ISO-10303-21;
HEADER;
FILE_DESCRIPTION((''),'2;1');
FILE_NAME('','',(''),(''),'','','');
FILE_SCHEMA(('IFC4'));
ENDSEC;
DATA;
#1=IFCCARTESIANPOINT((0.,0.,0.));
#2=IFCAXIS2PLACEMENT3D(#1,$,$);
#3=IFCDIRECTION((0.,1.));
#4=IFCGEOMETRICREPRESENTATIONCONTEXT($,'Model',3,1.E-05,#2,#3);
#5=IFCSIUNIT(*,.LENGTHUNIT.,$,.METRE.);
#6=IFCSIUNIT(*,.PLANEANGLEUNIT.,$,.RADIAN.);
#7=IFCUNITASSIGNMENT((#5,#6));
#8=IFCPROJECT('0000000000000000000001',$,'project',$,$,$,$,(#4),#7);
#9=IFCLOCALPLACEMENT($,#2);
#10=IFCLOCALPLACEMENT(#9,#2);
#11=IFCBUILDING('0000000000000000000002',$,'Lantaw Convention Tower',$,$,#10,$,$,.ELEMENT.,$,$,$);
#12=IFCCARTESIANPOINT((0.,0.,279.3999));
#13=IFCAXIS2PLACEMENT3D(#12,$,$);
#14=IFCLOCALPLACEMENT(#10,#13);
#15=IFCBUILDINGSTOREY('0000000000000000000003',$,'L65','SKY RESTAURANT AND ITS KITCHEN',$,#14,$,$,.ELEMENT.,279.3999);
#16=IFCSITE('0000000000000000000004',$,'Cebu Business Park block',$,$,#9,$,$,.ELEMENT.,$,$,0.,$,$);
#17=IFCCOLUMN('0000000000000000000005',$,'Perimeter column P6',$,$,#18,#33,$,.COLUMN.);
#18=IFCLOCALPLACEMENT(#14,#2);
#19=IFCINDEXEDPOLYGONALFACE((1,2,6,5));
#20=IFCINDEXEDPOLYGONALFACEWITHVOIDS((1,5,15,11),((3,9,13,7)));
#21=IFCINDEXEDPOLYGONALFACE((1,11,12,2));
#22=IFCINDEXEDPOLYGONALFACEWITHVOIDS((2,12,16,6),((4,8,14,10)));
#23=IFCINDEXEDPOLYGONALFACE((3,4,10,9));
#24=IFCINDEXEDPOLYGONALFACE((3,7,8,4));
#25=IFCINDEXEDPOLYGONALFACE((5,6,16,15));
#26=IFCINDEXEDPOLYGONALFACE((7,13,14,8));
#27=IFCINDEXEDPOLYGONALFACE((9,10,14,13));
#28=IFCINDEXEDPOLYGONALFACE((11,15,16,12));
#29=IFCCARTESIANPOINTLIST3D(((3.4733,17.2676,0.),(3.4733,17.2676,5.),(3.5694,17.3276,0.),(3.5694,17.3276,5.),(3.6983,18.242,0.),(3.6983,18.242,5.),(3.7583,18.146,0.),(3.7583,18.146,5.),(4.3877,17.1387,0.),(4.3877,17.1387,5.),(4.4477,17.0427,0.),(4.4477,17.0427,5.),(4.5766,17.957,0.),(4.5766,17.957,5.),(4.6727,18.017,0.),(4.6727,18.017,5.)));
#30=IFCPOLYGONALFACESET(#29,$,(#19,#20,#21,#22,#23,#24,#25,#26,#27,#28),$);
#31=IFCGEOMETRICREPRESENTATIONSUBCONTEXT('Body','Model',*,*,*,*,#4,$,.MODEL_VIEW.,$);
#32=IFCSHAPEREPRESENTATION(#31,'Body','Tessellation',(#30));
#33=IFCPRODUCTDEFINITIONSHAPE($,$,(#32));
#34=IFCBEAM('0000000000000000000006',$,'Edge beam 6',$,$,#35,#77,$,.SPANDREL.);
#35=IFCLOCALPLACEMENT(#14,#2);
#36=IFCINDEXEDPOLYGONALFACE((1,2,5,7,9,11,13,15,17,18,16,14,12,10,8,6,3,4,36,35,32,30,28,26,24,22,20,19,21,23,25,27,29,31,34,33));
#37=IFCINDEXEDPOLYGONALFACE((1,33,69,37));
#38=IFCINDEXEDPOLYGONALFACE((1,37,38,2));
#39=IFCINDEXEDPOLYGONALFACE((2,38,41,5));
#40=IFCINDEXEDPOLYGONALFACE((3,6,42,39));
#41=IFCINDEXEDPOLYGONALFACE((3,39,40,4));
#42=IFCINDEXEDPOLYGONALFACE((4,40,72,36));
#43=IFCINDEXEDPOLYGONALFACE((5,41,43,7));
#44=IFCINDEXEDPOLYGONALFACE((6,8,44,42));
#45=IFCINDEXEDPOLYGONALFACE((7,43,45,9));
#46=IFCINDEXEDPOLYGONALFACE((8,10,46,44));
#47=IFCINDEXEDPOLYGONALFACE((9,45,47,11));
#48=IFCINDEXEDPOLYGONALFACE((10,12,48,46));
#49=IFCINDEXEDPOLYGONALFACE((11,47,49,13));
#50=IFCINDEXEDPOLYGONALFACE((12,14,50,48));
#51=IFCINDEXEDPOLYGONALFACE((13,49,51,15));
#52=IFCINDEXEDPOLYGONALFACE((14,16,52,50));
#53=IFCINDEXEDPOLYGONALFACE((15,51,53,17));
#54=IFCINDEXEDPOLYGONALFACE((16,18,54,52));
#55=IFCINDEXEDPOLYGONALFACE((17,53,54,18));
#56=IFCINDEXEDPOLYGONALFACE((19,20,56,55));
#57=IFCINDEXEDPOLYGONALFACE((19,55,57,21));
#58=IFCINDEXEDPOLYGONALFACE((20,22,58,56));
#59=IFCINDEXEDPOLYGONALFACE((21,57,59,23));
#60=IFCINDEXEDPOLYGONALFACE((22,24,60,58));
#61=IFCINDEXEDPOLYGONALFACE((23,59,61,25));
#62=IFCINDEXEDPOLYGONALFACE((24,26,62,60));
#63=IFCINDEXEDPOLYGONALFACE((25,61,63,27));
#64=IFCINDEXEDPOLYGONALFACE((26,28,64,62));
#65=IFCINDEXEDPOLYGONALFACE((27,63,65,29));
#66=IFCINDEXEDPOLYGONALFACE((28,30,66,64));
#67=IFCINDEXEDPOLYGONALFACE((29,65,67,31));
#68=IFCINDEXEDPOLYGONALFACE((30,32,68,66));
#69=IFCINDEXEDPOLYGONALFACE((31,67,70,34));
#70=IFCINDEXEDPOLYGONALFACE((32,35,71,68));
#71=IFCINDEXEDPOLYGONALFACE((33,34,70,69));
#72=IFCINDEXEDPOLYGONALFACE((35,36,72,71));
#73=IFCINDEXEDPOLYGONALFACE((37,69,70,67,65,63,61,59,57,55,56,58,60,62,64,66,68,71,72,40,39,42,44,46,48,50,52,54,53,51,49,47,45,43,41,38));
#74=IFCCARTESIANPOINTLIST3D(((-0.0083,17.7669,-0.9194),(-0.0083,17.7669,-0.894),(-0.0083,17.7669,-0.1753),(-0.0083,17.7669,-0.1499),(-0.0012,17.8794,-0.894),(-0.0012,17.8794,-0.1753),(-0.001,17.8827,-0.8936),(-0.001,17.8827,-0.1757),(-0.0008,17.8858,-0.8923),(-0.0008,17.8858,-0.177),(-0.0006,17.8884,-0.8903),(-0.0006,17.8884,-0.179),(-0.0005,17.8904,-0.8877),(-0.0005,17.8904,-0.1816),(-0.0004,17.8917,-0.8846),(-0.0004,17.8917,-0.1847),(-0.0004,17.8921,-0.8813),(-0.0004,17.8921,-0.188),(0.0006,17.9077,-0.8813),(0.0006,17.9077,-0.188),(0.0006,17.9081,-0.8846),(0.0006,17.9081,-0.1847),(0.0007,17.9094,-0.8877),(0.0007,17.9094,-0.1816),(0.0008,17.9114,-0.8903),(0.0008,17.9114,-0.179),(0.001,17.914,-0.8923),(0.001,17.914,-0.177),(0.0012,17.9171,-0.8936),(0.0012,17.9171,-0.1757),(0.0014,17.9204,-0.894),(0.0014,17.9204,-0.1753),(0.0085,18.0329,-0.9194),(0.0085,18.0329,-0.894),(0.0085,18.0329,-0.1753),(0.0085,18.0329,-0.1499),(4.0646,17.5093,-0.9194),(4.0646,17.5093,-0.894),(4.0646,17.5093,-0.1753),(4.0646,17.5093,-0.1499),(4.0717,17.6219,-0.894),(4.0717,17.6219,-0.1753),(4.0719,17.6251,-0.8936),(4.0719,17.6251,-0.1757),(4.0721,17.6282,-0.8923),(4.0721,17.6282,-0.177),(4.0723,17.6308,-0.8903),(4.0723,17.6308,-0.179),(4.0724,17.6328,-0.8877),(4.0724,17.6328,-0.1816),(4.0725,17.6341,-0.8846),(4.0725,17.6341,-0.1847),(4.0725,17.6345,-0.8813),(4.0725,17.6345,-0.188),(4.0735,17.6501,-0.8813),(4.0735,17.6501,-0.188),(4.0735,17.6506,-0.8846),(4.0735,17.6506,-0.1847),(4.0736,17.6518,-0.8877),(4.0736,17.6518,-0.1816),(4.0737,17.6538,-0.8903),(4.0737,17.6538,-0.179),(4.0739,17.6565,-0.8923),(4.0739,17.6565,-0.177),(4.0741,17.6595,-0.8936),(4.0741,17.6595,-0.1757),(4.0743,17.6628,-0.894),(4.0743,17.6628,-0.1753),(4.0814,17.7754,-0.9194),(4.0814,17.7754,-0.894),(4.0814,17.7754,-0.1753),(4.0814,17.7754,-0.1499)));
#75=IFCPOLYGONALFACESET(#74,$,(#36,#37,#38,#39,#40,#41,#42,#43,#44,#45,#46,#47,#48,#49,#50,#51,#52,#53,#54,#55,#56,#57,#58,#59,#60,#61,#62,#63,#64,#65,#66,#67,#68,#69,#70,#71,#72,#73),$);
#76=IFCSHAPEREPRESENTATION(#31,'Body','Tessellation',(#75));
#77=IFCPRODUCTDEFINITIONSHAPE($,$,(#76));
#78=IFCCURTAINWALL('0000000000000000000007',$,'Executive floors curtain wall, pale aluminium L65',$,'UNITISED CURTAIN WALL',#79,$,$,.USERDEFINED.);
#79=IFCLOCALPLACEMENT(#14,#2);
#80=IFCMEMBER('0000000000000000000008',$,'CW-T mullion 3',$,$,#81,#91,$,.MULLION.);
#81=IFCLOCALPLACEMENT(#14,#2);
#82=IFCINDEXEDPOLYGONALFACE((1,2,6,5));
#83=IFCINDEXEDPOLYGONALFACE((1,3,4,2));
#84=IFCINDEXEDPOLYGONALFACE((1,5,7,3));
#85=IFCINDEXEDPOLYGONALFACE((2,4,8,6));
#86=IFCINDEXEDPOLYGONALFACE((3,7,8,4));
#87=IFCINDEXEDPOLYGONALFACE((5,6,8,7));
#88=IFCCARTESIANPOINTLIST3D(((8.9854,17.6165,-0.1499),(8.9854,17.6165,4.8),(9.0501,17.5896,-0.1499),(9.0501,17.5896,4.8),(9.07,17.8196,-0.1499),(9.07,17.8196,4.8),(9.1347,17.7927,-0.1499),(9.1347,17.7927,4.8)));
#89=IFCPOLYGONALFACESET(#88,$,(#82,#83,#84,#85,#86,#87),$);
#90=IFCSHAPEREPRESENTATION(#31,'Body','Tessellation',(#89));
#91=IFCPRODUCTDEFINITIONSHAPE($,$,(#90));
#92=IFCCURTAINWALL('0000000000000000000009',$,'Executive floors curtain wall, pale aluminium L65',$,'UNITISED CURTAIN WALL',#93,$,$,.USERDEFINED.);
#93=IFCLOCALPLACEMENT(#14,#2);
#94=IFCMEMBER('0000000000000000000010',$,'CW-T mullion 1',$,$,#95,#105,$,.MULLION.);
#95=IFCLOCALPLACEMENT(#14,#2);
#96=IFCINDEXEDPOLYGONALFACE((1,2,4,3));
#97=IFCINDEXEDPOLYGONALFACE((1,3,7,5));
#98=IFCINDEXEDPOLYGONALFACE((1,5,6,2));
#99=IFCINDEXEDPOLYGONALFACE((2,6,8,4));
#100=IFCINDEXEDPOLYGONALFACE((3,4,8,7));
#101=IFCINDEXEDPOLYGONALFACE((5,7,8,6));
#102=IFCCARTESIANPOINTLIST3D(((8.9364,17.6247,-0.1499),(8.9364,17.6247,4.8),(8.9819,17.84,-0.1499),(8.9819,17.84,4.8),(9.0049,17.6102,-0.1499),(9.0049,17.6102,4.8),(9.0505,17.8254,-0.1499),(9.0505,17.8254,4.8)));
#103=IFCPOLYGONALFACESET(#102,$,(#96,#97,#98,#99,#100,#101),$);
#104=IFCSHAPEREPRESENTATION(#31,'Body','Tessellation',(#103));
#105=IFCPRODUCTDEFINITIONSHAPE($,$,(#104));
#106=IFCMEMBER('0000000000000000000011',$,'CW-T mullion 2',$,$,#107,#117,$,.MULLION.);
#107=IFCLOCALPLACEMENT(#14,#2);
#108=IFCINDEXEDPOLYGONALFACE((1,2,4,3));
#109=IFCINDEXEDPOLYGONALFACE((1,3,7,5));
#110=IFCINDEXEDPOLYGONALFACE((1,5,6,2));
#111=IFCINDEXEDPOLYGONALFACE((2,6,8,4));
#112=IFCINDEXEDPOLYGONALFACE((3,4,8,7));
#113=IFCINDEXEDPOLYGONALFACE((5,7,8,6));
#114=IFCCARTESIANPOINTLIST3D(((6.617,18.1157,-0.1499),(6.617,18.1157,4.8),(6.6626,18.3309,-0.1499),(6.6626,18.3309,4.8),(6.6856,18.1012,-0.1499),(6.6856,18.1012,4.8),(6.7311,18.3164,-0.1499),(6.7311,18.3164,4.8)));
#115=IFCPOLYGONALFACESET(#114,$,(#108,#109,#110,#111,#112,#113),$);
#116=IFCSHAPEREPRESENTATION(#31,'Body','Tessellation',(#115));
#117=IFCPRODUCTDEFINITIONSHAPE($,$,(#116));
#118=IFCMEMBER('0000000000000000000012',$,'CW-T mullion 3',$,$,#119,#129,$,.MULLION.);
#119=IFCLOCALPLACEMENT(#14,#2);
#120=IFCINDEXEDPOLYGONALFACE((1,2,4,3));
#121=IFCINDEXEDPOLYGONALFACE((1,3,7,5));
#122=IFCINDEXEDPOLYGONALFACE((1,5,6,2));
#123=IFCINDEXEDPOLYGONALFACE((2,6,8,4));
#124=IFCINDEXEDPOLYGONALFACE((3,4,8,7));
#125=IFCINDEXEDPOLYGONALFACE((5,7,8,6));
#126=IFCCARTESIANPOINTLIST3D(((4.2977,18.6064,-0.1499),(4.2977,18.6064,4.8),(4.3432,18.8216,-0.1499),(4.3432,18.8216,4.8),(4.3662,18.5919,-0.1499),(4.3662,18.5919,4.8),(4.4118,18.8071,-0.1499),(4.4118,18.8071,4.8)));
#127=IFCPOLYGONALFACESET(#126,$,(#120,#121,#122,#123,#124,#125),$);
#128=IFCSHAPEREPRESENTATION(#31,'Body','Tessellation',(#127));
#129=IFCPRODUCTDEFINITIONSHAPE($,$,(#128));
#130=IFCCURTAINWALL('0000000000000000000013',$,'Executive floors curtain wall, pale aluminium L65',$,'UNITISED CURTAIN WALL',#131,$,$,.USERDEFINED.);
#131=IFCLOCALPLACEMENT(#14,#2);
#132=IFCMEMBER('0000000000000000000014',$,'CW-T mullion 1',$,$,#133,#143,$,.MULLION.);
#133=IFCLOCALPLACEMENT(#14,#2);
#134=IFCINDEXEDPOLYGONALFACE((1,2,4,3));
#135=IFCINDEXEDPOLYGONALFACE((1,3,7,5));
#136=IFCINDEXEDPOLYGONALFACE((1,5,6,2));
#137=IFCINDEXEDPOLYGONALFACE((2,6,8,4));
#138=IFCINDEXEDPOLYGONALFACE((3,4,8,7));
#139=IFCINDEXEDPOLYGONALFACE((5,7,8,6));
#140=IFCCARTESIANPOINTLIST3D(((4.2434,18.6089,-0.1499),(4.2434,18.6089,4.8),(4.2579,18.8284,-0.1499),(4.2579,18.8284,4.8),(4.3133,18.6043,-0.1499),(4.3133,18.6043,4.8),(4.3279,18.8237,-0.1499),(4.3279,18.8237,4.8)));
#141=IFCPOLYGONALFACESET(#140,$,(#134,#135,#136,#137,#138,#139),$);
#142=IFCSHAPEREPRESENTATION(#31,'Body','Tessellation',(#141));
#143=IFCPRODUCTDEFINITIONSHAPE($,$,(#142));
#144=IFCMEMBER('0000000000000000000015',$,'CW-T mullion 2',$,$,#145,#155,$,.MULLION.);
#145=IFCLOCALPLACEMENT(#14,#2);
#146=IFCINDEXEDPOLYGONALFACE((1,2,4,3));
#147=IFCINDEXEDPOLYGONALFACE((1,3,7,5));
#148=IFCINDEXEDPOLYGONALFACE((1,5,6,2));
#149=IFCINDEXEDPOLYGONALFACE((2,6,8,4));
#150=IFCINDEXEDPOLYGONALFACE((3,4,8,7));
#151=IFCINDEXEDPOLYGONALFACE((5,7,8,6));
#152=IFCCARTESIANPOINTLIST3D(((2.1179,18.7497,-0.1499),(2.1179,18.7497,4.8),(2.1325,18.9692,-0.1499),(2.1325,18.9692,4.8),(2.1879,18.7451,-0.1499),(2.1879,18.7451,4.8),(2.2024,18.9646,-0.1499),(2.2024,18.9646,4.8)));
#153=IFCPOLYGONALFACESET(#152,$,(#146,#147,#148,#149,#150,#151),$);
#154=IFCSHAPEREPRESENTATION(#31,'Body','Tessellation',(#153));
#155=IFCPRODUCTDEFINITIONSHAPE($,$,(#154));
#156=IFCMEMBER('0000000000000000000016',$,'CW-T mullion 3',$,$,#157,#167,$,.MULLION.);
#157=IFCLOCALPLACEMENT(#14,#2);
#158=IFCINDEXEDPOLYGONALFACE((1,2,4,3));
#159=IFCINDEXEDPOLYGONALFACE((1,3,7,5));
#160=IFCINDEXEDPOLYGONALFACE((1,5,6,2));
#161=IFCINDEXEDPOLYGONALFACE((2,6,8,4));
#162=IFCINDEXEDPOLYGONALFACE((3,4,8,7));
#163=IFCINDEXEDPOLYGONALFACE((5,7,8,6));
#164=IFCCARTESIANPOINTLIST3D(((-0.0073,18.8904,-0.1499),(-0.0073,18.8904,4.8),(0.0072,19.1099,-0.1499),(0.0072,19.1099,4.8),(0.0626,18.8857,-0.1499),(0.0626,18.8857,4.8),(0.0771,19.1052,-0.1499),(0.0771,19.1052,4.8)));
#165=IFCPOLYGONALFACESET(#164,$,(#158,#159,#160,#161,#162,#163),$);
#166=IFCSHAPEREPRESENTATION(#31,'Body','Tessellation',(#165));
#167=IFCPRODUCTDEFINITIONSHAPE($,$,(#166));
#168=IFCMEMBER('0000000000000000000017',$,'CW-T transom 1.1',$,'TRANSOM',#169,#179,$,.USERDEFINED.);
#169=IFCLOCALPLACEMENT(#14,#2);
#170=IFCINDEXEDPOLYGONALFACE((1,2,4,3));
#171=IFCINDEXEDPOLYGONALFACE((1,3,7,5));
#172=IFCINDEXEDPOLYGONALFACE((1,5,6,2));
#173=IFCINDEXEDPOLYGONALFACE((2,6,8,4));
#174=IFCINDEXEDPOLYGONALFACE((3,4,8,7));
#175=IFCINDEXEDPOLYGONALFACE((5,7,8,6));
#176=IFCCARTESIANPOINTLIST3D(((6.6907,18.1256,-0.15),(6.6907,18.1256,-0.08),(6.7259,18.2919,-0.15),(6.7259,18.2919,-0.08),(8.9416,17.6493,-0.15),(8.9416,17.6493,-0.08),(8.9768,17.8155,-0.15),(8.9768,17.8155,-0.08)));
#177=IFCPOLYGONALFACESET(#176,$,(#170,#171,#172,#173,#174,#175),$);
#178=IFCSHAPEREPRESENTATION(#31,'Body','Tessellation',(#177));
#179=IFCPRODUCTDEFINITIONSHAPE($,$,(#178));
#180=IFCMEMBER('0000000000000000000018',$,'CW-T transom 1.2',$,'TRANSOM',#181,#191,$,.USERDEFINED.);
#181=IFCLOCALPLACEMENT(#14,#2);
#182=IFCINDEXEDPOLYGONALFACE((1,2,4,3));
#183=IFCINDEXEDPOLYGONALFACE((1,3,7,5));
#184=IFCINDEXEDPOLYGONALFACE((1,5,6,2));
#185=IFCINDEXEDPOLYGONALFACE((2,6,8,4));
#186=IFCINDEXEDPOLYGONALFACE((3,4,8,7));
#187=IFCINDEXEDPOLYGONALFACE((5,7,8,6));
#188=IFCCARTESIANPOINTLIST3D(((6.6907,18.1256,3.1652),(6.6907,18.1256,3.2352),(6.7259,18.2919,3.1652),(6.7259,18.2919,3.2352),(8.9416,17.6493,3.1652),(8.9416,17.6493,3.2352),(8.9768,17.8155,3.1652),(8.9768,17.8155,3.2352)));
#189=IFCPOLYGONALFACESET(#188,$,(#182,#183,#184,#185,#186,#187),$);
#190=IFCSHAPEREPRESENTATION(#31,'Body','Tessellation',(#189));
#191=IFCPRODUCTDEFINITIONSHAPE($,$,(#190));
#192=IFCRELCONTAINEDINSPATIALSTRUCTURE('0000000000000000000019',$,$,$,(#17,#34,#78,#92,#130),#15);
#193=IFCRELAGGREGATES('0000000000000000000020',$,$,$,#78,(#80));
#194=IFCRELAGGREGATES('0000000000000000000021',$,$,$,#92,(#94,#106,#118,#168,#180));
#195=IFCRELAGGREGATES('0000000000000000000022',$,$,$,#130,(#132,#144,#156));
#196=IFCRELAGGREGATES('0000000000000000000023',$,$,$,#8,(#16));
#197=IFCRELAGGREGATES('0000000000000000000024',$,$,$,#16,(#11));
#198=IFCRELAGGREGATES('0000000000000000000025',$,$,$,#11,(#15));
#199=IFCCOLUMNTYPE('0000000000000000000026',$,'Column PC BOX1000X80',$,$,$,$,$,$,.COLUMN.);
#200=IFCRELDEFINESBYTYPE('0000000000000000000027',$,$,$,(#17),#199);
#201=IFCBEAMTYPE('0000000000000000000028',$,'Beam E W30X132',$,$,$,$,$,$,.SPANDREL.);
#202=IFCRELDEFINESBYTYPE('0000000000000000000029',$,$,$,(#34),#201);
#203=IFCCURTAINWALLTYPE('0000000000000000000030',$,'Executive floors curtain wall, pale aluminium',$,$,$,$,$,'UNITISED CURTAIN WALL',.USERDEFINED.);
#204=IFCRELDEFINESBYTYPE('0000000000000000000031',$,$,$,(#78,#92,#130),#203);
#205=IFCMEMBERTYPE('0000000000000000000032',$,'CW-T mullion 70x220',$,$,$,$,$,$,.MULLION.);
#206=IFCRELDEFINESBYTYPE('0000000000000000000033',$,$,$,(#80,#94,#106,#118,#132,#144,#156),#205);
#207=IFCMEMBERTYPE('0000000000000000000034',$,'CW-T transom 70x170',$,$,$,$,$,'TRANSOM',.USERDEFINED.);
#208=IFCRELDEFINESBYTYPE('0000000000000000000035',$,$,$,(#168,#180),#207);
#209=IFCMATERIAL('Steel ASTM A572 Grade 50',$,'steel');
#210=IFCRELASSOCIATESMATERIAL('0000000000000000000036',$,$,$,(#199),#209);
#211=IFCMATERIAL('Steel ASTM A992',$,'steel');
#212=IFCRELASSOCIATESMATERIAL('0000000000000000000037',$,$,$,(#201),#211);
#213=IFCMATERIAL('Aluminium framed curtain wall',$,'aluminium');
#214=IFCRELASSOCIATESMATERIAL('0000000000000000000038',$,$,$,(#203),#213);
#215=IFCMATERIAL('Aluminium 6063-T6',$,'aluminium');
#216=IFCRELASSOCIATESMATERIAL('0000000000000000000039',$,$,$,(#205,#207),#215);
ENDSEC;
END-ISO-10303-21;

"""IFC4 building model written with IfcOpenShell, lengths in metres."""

from ifc_helpers import new_model, si_unit, direction, frame, origin, origin_2d, place, context, subcontext, project, spatial, rectangle, hollow_rectangle, i_section, extrude, material, material_profile, profile_set, type_object, element, aggregate, save


model = new_model("IFC4")

# Units and contexts
model_context = context("Model", 3, precision=1e-05, world=origin(), true_north=direction((0.0, 1.0)))
body_context = subcontext(model_context, "Body", "Model", "MODEL_VIEW")
ifc_project = project(units=[si_unit("LENGTHUNIT", "METRE"), si_unit("PLANEANGLEUNIT", "RADIAN")], contexts=[model_context])

# Site, building, storey
site_placement = place(None, origin())
site = spatial("IfcSite", under=ifc_project, at=site_placement, Name="Cebu Business Park block", CompositionType="ELEMENT", RefElevation=0.0)
building_placement = place(site_placement, origin())
building = spatial("IfcBuilding", under=site, at=building_placement, Name="Lantaw Convention Tower", CompositionType="ELEMENT")
storey_placement = place(building_placement, frame((0.0, 0.0, 279.3999)))
storey = spatial("IfcBuildingStorey", under=building, at=storey_placement, Name="L65", Description="SKY RESTAURANT AND ITS KITCHEN", CompositionType="ELEMENT", Elevation=279.3999)

# Column
ifc_material_1 = material(Name="Steel ASTM A572 Grade 50", Category="steel")
ifc_material_profile_1 = material_profile(ifc_material_1, hollow_rectangle(XDim=1.0, YDim=1.0, WallThickness=0.0801, at=origin_2d()), Name="BOX1000X80")
ifc_material_2 = material(Name="Concrete C60/75", Category="concrete")
ifc_material_profile_2 = material_profile(ifc_material_2, rectangle(XDim=0.8401, YDim=0.8401, at=origin_2d()), Name="Concrete fill of BOX1000X80")
ifc_profile_set_1 = profile_set([ifc_material_profile_1, ifc_material_profile_2], Name="Steel ASTM A572 Grade 50")
column_type = type_object("IfcColumnType", Name="Column PC BOX1000X80", PredefinedType="COLUMN", material=ifc_profile_set_1)
column_placement = place(storey_placement, frame((4.073, 17.6423, 0.0), z_axis=(0.0, 0.0, 1.0), x_axis=(0.224951, 0.97437, 0.0)))
element("IfcColumn", 1, at=column_placement, inside=storey, type_object=column_type, Name="Perimeter column P6", PredefinedType="COLUMN", context=body_context, shape_type="SweptSolid", body=[
    extrude(hollow_rectangle(XDim=1.0, YDim=1.0, WallThickness=0.0801, at=origin_2d()), origin(), (0.0, 0.0, 1.0), 5.0),
])

# Beam
ifc_material_3 = material(Name="Steel ASTM A992", Category="steel")
ifc_material_profile_3 = material_profile(ifc_material_3, i_section(OverallWidth=0.2666, OverallDepth=0.7695, WebThickness=0.0156, FlangeThickness=0.0254, FilletRadius=0.0127, at=origin_2d()), Name="W30X132")
ifc_profile_set_2 = profile_set([ifc_material_profile_3], Name="Steel ASTM A992")
beam_type = type_object("IfcBeamType", Name="Beam E W30X132", PredefinedType="SPANDREL", material=ifc_profile_set_2)
beam_placement = place(storey_placement, frame((4.073, 17.6423, -0.5347), z_axis=(-0.998006, 0.063112, 0.0), x_axis=(-0.063112, -0.998006, 0.0)))
element("IfcBeam", 2, at=beam_placement, inside=storey, type_object=beam_type, Name="Edge beam 6", PredefinedType="SPANDREL", context=body_context, shape_type="SweptSolid", body=[
    extrude(i_section(OverallWidth=0.2666, OverallDepth=0.7695, WebThickness=0.0156, FlangeThickness=0.0254, FilletRadius=0.0127, at=origin_2d()), origin(), (0.0, 0.0, 1.0), 4.0811),
])

# Curtain wall, member
ifc_material_4 = material(Name="Aluminium framed curtain wall", Category="aluminium")
curtain_wall_type = type_object("IfcCurtainWallType", Name="Executive floors curtain wall, pale aluminium", ElementType="UNITISED CURTAIN WALL", PredefinedType="USERDEFINED", material=ifc_material_4)
curtain_wall_1_placement = place(storey_placement, origin())
curtain_wall_1 = element("IfcCurtainWall", 3, at=curtain_wall_1_placement, inside=storey, type_object=curtain_wall_type, Name="Executive floors curtain wall, pale aluminium L65", ObjectType="UNITISED CURTAIN WALL", PredefinedType="USERDEFINED")
ifc_material_5 = material(Name="Aluminium 6063-T6", Category="aluminium")
ifc_material_profile_4 = material_profile(ifc_material_5, rectangle(XDim=0.22, YDim=0.0701, at=origin_2d()), Name="CW-T mullion 70x220")
ifc_profile_set_3 = profile_set([ifc_material_profile_4], Name="Aluminium 6063-T6")
member_type_1 = type_object("IfcMemberType", Name="CW-T mullion 70x220", PredefinedType="MULLION", material=ifc_profile_set_3)
member_1_placement = place(storey_placement, frame((9.0601, 17.7046, -0.1499), z_axis=(0.0, 0.0, 1.0), x_axis=(-0.38446, -0.923142, 0.0)))
member_1 = element("IfcMember", 4, at=member_1_placement, type_object=member_type_1, Name="CW-T mullion 3", PredefinedType="MULLION", context=body_context, shape_type="SweptSolid", body=[
    extrude(rectangle(XDim=0.22, YDim=0.0701, at=origin_2d()), origin(), (0.0, 0.0, 1.0), 4.95),
])

# Curtain walls, members
curtain_wall_2_placement = place(storey_placement, origin())
curtain_wall_2 = element("IfcCurtainWall", 5, at=curtain_wall_2_placement, inside=storey, type_object=curtain_wall_type, Name="Executive floors curtain wall, pale aluminium L65", ObjectType="UNITISED CURTAIN WALL", PredefinedType="USERDEFINED")
member_2_placement = place(storey_placement, frame((8.9934, 17.7251, -0.1499), z_axis=(0.0, 0.0, 1.0), x_axis=(-0.20704, -0.978332, 0.0)))
member_2 = element("IfcMember", 6, at=member_2_placement, type_object=member_type_1, Name="CW-T mullion 1", PredefinedType="MULLION", context=body_context, shape_type="SweptSolid", body=[
    extrude(rectangle(XDim=0.22, YDim=0.0701, at=origin_2d()), origin(), (0.0, 0.0, 1.0), 4.95),
])
member_3_placement = place(storey_placement, frame((6.6741, 18.2161, -0.1499), z_axis=(0.0, 0.0, 1.0), x_axis=(-0.20704, -0.978332, 0.0)))
member_3 = element("IfcMember", 7, at=member_3_placement, type_object=member_type_1, Name="CW-T mullion 2", PredefinedType="MULLION", context=body_context, shape_type="SweptSolid", body=[
    extrude(rectangle(XDim=0.22, YDim=0.0701, at=origin_2d()), origin(), (0.0, 0.0, 1.0), 4.95),
])
member_4_placement = place(storey_placement, frame((4.3547, 18.7068, -0.1499), z_axis=(0.0, 0.0, 1.0), x_axis=(-0.20704, -0.978332, 0.0)))
member_4 = element("IfcMember", 8, at=member_4_placement, type_object=member_type_1, Name="CW-T mullion 3", PredefinedType="MULLION", context=body_context, shape_type="SweptSolid", body=[
    extrude(rectangle(XDim=0.22, YDim=0.0701, at=origin_2d()), origin(), (0.0, 0.0, 1.0), 4.95),
])
curtain_wall_3_placement = place(storey_placement, origin())
curtain_wall_3 = element("IfcCurtainWall", 9, at=curtain_wall_3_placement, inside=storey, type_object=curtain_wall_type, Name="Executive floors curtain wall, pale aluminium L65", ObjectType="UNITISED CURTAIN WALL", PredefinedType="USERDEFINED")
member_5_placement = place(storey_placement, frame((4.2856, 18.7163, -0.1499), z_axis=(0.0, 0.0, 1.0), x_axis=(-0.066025, -0.997818, 0.0)))
member_5 = element("IfcMember", 10, at=member_5_placement, type_object=member_type_1, Name="CW-T mullion 1", PredefinedType="MULLION", context=body_context, shape_type="SweptSolid", body=[
    extrude(rectangle(XDim=0.22, YDim=0.0701, at=origin_2d()), origin(), (0.0, 0.0, 1.0), 4.95),
])
member_6_placement = place(storey_placement, frame((2.1602, 18.8572, -0.1499), z_axis=(0.0, 0.0, 1.0), x_axis=(-0.066025, -0.997818, 0.0)))
member_6 = element("IfcMember", 11, at=member_6_placement, type_object=member_type_1, Name="CW-T mullion 2", PredefinedType="MULLION", context=body_context, shape_type="SweptSolid", body=[
    extrude(rectangle(XDim=0.22, YDim=0.0701, at=origin_2d()), origin(), (0.0, 0.0, 1.0), 4.95),
])
member_7_placement = place(storey_placement, frame((0.0349, 18.9978, -0.1499), z_axis=(0.0, 0.0, 1.0), x_axis=(-0.066025, -0.997818, 0.0)))
member_7 = element("IfcMember", 12, at=member_7_placement, type_object=member_type_1, Name="CW-T mullion 3", PredefinedType="MULLION", context=body_context, shape_type="SweptSolid", body=[
    extrude(rectangle(XDim=0.22, YDim=0.0701, at=origin_2d()), origin(), (0.0, 0.0, 1.0), 4.95),
])

# Members
ifc_material_profile_5 = material_profile(ifc_material_5, rectangle(XDim=0.1699, YDim=0.0701, at=origin_2d()), Name="CW-T transom 70x170")
ifc_profile_set_4 = profile_set([ifc_material_profile_5], Name="Aluminium 6063-T6")
member_type_2 = type_object("IfcMemberType", Name="CW-T transom 70x170", ElementType="TRANSOM", PredefinedType="USERDEFINED", material=ifc_profile_set_4)
member_8_placement = place(storey_placement, frame((8.9592, 17.7324, -0.115), z_axis=(-0.978336, 0.207021, 0.0), x_axis=(-0.207021, -0.978336, 0.0)))
member_8 = element("IfcMember", 13, at=member_8_placement, type_object=member_type_2, Name="CW-T transom 1.1", ObjectType="TRANSOM", PredefinedType="USERDEFINED", context=body_context, shape_type="SweptSolid", body=[
    extrude(rectangle(XDim=0.1699, YDim=0.0701, at=origin_2d()), origin(), (0.0, 0.0, 1.0), 2.3008),
])
member_9_placement = place(storey_placement, frame((8.9592, 17.7324, 3.2002), z_axis=(-0.978336, 0.207021, 0.0), x_axis=(-0.207021, -0.978336, 0.0)))
member_9 = element("IfcMember", 14, at=member_9_placement, type_object=member_type_2, Name="CW-T transom 1.2", ObjectType="TRANSOM", PredefinedType="USERDEFINED", context=body_context, shape_type="SweptSolid", body=[
    extrude(rectangle(XDim=0.1699, YDim=0.0701, at=origin_2d()), origin(), (0.0, 0.0, 1.0), 2.3008),
])

aggregate(curtain_wall_1, [member_1])
aggregate(curtain_wall_2, [member_2, member_3, member_4, member_8, member_9])
aggregate(curtain_wall_3, [member_5, member_6, member_7])

save(model, "model.ifc")
